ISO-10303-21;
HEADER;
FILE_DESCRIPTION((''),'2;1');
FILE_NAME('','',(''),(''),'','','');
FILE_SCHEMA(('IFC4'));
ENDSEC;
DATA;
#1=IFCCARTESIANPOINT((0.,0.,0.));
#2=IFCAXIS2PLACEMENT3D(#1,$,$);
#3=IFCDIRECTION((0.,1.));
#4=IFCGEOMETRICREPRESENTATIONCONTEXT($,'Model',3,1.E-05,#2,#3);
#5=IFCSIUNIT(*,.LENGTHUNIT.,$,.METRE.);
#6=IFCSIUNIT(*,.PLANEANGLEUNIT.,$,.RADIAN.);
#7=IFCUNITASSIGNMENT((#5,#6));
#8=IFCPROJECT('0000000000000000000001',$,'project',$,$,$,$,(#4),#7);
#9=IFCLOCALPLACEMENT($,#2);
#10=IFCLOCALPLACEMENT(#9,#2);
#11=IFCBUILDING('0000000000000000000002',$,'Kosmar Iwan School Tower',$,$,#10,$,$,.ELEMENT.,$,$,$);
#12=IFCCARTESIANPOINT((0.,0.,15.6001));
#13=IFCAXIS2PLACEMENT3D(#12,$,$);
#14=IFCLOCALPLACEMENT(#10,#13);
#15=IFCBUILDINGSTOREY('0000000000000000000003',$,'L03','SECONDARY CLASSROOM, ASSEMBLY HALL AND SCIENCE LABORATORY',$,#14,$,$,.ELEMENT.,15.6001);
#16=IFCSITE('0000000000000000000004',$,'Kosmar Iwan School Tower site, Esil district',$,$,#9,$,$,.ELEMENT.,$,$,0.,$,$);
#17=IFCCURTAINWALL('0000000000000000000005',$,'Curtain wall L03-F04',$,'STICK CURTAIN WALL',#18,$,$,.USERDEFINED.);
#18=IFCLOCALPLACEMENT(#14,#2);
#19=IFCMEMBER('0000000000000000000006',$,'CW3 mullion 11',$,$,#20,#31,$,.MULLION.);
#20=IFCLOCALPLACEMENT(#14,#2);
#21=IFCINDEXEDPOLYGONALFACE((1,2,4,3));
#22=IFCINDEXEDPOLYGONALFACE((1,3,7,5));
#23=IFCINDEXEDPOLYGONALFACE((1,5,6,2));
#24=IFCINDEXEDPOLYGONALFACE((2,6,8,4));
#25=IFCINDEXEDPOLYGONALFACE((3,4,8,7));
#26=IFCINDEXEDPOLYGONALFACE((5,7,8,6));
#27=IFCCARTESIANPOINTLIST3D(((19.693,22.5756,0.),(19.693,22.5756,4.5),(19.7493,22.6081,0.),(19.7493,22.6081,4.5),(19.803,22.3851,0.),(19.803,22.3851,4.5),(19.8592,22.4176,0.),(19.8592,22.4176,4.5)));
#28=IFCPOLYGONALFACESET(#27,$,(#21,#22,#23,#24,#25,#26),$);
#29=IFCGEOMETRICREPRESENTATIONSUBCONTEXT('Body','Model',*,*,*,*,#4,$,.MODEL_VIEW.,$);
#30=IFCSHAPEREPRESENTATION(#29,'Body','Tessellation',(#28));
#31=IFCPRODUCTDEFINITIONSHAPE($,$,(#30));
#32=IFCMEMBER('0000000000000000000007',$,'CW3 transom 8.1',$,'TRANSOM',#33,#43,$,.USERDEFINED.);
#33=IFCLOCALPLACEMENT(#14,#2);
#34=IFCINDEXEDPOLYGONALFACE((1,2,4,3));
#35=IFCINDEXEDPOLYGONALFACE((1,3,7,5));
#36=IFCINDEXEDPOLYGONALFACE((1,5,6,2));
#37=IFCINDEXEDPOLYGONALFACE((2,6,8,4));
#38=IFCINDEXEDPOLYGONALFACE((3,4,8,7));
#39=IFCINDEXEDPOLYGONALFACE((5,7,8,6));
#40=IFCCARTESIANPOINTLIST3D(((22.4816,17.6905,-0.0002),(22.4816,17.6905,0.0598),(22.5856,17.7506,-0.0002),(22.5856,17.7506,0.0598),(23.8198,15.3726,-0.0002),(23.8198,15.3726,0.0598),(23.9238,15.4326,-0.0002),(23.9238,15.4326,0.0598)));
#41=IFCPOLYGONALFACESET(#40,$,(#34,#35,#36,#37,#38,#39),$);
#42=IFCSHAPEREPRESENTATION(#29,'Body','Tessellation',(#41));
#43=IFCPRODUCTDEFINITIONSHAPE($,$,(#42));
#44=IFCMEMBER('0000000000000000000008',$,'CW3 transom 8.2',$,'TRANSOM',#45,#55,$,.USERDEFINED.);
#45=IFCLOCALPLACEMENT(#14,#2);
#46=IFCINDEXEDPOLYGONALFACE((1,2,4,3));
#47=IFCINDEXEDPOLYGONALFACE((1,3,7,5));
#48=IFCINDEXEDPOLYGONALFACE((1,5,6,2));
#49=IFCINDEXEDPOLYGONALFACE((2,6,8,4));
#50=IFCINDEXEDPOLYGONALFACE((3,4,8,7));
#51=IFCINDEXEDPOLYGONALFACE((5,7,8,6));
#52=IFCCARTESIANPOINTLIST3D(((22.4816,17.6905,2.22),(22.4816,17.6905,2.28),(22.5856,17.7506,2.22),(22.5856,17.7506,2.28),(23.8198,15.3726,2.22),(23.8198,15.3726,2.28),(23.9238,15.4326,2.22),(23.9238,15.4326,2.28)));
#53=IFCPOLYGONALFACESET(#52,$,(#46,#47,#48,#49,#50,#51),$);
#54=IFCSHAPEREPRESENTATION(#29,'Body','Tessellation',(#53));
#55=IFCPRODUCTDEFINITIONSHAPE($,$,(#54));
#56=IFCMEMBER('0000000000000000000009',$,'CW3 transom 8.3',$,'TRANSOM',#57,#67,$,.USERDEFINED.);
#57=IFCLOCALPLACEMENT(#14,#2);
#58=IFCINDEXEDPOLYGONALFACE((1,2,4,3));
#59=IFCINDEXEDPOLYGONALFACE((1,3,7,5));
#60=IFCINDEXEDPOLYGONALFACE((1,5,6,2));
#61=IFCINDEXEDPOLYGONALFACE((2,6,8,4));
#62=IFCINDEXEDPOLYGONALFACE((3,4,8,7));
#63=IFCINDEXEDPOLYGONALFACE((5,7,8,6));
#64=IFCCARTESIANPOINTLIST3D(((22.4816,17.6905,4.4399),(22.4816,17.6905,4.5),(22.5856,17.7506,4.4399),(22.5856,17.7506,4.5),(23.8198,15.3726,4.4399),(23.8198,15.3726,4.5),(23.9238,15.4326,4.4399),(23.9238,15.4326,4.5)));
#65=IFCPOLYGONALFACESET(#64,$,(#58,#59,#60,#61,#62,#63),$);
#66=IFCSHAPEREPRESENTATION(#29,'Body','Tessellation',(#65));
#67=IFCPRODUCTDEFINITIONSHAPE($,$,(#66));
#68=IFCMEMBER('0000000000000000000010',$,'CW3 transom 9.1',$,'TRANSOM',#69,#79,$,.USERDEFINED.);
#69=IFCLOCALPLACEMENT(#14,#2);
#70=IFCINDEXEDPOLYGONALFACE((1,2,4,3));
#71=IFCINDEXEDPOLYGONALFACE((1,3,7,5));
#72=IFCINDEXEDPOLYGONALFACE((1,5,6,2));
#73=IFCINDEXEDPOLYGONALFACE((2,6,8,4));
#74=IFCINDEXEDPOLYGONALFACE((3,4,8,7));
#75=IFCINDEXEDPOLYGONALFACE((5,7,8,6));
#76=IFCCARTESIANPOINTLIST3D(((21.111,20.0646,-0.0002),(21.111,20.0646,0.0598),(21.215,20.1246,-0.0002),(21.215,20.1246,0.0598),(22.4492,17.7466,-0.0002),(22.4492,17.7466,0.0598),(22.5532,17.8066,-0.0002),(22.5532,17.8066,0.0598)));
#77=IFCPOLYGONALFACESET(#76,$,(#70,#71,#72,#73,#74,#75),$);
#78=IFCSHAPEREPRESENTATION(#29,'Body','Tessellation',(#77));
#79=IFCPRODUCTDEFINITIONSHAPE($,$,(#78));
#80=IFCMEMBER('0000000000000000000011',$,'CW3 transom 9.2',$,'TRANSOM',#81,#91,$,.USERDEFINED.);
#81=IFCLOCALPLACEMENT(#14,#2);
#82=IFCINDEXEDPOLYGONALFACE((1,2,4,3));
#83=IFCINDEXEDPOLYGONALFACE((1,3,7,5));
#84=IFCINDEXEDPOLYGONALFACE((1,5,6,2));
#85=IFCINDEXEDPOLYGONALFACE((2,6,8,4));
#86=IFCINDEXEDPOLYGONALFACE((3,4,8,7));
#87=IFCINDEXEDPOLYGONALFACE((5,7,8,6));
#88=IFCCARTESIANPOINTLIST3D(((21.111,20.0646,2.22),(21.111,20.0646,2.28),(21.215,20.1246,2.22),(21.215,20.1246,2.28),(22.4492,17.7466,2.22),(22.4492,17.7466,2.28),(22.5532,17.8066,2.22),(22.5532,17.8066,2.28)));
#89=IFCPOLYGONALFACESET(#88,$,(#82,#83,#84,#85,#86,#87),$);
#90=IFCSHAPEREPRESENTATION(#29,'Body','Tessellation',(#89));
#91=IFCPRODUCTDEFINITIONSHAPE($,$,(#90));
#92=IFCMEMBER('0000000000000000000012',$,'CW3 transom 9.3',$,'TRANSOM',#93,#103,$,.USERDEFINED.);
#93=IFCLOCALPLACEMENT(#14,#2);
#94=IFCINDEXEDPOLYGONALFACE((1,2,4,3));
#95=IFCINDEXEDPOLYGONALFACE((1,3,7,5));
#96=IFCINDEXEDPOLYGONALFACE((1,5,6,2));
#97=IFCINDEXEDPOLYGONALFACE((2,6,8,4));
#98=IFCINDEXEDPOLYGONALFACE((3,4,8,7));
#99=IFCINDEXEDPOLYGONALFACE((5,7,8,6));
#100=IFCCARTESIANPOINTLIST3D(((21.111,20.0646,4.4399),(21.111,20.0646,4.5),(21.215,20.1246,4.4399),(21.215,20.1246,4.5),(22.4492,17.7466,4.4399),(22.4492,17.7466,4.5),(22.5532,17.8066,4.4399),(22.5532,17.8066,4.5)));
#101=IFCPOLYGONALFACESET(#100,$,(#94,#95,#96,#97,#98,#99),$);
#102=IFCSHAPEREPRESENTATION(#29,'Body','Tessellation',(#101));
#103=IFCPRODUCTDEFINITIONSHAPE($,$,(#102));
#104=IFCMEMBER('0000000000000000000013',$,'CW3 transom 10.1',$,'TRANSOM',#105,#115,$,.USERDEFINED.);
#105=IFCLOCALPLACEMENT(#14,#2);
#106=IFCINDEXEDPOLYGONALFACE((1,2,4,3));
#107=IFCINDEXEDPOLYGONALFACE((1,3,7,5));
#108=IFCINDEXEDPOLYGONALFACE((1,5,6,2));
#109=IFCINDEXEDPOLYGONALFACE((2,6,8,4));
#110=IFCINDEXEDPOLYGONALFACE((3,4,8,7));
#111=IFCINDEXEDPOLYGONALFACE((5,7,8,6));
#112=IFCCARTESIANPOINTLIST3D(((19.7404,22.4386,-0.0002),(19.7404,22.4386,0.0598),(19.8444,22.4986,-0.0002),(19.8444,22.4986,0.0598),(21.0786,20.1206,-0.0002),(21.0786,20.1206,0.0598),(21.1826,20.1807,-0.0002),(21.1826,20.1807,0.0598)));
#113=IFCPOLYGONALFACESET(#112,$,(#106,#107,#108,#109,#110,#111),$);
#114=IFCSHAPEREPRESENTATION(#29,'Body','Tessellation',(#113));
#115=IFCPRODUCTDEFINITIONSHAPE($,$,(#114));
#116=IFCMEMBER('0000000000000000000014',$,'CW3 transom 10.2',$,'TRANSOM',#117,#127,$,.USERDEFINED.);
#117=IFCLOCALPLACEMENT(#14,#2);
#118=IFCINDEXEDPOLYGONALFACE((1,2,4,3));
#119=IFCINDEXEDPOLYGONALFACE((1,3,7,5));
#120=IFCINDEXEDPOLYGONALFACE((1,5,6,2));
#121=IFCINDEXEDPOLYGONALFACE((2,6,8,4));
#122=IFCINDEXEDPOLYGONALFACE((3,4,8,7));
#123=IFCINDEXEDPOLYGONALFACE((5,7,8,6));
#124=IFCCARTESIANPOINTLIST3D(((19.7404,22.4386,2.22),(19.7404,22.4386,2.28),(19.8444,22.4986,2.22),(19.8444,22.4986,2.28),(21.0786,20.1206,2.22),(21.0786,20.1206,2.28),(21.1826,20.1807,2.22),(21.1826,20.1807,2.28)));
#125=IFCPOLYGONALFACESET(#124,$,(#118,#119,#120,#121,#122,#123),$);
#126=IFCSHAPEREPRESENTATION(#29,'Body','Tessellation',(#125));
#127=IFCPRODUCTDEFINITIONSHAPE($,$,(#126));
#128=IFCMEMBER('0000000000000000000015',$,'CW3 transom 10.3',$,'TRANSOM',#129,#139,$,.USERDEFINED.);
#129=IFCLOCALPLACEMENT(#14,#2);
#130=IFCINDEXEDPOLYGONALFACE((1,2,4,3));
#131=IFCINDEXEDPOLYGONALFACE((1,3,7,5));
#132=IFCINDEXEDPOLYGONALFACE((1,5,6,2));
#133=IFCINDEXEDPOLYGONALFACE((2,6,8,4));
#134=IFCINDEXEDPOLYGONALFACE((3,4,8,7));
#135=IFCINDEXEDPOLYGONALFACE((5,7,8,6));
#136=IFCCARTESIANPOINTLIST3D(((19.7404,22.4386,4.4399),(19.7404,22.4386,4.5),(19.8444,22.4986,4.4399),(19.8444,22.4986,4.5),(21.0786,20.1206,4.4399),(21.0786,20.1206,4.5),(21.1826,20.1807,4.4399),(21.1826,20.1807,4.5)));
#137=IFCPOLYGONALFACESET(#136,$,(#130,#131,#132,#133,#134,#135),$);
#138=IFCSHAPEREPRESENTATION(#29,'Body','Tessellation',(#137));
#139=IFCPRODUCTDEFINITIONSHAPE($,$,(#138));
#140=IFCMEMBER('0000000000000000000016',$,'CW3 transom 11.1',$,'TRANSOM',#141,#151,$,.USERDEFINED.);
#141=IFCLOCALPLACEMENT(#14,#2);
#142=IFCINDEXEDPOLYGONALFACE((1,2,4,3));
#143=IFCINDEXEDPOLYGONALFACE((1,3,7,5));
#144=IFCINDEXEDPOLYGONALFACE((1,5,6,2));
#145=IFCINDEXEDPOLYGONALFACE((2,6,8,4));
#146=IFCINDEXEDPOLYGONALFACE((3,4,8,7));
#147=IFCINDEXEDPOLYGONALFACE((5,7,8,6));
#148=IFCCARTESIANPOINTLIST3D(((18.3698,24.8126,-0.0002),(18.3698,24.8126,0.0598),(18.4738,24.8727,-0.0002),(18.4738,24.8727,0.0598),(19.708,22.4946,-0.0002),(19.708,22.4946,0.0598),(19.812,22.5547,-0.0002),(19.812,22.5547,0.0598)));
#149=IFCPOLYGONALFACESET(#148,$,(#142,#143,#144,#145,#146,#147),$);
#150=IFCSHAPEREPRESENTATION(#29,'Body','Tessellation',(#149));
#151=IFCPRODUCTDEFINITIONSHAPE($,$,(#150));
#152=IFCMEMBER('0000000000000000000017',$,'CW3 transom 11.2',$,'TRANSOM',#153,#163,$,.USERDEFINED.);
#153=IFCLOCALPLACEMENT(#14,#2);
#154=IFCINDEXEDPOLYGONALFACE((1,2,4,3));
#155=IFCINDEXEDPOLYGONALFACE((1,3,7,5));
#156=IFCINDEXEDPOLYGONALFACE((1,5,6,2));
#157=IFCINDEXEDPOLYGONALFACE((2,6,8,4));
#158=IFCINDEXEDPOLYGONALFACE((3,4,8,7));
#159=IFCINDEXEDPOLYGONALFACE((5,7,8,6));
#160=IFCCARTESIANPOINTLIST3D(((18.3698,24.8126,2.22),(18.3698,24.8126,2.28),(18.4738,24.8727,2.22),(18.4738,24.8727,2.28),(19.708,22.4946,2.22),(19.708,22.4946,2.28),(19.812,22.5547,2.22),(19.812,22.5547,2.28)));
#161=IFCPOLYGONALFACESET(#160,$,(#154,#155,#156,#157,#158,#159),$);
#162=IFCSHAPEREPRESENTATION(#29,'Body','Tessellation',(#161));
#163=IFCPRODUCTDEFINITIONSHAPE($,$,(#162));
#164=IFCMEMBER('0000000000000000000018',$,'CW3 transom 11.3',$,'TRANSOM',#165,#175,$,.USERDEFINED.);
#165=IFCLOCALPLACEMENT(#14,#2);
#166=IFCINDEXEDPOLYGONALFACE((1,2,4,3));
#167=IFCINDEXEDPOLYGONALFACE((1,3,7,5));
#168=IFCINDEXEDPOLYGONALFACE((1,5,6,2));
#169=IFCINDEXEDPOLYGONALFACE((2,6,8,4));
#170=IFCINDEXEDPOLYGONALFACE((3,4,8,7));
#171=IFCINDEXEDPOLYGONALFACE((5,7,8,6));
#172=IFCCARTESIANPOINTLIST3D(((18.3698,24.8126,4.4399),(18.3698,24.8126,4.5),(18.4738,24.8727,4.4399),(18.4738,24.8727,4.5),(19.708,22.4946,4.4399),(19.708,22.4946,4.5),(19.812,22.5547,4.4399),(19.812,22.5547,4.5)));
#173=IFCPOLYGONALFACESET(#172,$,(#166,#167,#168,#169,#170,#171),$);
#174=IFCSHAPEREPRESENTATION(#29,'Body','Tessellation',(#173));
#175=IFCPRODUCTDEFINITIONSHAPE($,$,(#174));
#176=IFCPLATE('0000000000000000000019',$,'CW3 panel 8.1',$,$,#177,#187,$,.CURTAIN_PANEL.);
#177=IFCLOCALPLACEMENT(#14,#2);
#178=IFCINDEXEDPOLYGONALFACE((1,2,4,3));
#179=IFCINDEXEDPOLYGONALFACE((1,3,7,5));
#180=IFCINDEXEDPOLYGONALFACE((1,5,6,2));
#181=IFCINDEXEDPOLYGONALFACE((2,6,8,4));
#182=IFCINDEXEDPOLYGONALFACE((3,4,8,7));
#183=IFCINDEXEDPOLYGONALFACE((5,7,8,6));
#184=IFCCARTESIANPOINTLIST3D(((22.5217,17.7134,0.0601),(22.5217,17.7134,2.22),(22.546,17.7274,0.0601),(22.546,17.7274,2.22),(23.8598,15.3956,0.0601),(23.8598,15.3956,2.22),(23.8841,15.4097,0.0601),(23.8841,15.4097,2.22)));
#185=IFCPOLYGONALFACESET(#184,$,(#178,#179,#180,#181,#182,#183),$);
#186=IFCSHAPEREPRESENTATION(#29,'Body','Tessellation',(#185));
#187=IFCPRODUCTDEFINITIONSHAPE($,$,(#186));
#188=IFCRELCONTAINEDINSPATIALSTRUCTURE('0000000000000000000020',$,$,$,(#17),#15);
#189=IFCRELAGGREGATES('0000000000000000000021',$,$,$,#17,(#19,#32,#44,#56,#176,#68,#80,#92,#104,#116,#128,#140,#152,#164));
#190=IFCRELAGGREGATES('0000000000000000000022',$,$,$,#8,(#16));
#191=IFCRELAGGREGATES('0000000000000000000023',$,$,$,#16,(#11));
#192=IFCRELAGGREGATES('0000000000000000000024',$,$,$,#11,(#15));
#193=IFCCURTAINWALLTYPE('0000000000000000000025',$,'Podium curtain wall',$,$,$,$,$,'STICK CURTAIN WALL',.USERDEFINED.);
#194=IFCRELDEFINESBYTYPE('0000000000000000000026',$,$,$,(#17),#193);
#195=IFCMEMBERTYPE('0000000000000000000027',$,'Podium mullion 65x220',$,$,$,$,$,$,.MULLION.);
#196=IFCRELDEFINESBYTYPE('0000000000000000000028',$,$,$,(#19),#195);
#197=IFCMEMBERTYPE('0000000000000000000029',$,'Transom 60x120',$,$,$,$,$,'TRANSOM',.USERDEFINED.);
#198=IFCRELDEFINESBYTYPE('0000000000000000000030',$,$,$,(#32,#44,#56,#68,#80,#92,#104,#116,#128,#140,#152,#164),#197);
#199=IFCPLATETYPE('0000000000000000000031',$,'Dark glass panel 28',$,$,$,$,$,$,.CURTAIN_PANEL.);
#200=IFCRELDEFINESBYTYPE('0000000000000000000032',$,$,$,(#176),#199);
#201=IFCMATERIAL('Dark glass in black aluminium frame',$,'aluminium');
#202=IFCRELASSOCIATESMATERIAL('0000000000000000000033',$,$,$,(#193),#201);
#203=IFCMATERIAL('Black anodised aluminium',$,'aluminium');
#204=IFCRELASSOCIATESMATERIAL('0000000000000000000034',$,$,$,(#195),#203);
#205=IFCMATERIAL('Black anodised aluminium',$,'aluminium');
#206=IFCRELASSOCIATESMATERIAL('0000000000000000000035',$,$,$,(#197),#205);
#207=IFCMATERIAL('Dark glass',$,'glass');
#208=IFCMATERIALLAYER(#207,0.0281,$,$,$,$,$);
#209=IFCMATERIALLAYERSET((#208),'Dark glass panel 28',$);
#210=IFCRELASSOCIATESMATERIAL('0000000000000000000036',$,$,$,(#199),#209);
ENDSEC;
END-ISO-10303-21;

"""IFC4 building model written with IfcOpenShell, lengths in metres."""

from ifc_helpers import new_model, si_unit, direction, frame, origin, origin_2d, place, context, subcontext, project, spatial, rectangle, extrude, material, layer, layer_set, material_profile, profile_set, type_object, element, aggregate, save


model = new_model("IFC4")

# Units and contexts
model_context = context("Model", 3, precision=1e-05, world=origin(), true_north=direction((0.0, 1.0)))
body_context = subcontext(model_context, "Body", "Model", "MODEL_VIEW")
ifc_project = project(units=[si_unit("LENGTHUNIT", "METRE"), si_unit("PLANEANGLEUNIT", "RADIAN")], contexts=[model_context])

# Site, building, storey
site_placement = place(None, origin())
site = spatial("IfcSite", under=ifc_project, at=site_placement, Name="Kosmar Iwan School Tower site, Esil district", CompositionType="ELEMENT", RefElevation=0.0)
building_placement = place(site_placement, origin())
building = spatial("IfcBuilding", under=site, at=building_placement, Name="Kosmar Iwan School Tower", CompositionType="ELEMENT")
storey_placement = place(building_placement, frame((0.0, 0.0, 15.6001)))
storey = spatial("IfcBuildingStorey", under=building, at=storey_placement, Name="L03", Description="SECONDARY CLASSROOM, ASSEMBLY HALL AND SCIENCE LABORATORY", CompositionType="ELEMENT", Elevation=15.6001)

# Curtain wall, members, plate
ifc_material_1 = material(Name="Dark glass in black aluminium frame", Category="aluminium")
curtain_wall_type = type_object("IfcCurtainWallType", Name="Podium curtain wall", ElementType="STICK CURTAIN WALL", PredefinedType="USERDEFINED", material=ifc_material_1)
curtain_wall_placement = place(storey_placement, origin())
curtain_wall = element("IfcCurtainWall", 1, at=curtain_wall_placement, inside=storey, type_object=curtain_wall_type, Name="Curtain wall L03-F04", ObjectType="STICK CURTAIN WALL", PredefinedType="USERDEFINED")
ifc_material_2 = material(Name="Black anodised aluminium", Category="aluminium")
ifc_material_profile_1 = material_profile(ifc_material_2, rectangle(XDim=0.0649, YDim=0.22, at=origin_2d()), Name="MULLION 65x220")
ifc_profile_set_1 = profile_set([ifc_material_profile_1], Name="Black anodised aluminium")
member_type_1 = type_object("IfcMemberType", Name="Podium mullion 65x220", PredefinedType="MULLION", material=ifc_profile_set_1)
member_1_placement = place(storey_placement, frame((19.7761, 22.4966, 0.0), z_axis=(0.0, 0.0, 1.0), x_axis=(-0.866025, -0.5, 0.0)))
member_1 = element("IfcMember", 2, at=member_1_placement, type_object=member_type_1, Name="CW3 mullion 11", PredefinedType="MULLION", context=body_context, shape_type="SweptSolid", body=[
    extrude(rectangle(XDim=0.0649, YDim=0.22, at=origin_2d()), origin(), (0.0, 0.0, 1.0), 4.5),
])
ifc_material_3 = material(Name="Black anodised aluminium", Category="aluminium")
ifc_material_profile_2 = material_profile(ifc_material_3, rectangle(XDim=0.1201, YDim=0.0601, at=origin_2d()), Name="TRANSOM 60x120")
ifc_profile_set_2 = profile_set([ifc_material_profile_2], Name="Black anodised aluminium")
member_type_2 = type_object("IfcMemberType", Name="Transom 60x120", ElementType="TRANSOM", PredefinedType="USERDEFINED", material=ifc_profile_set_2)
member_2_placement = place(storey_placement, frame((23.8718, 15.4026, 0.0298), z_axis=(-0.499975, 0.86604, 0.0), x_axis=(-0.86604, -0.499975, 0.0)))
member_2 = element("IfcMember", 3, at=member_2_placement, type_object=member_type_2, Name="CW3 transom 8.1", ObjectType="TRANSOM", PredefinedType="USERDEFINED", context=body_context, shape_type="SweptSolid", body=[
    extrude(rectangle(XDim=0.1201, YDim=0.0601, at=origin_2d()), origin(), (0.0, 0.0, 1.0), 2.6765),
])
member_3_placement = place(storey_placement, frame((23.8718, 15.4026, 2.25), z_axis=(-0.499975, 0.86604, 0.0), x_axis=(-0.86604, -0.499975, 0.0)))
member_3 = element("IfcMember", 4, at=member_3_placement, type_object=member_type_2, Name="CW3 transom 8.2", ObjectType="TRANSOM", PredefinedType="USERDEFINED", context=body_context, shape_type="SweptSolid", body=[
    extrude(rectangle(XDim=0.1201, YDim=0.0601, at=origin_2d()), origin(), (0.0, 0.0, 1.0), 2.6765),
])
member_4_placement = place(storey_placement, frame((23.8718, 15.4026, 4.47), z_axis=(-0.499975, 0.86604, 0.0), x_axis=(-0.86604, -0.499975, 0.0)))
member_4 = element("IfcMember", 5, at=member_4_placement, type_object=member_type_2, Name="CW3 transom 8.3", ObjectType="TRANSOM", PredefinedType="USERDEFINED", context=body_context, shape_type="SweptSolid", body=[
    extrude(rectangle(XDim=0.1201, YDim=0.0601, at=origin_2d()), origin(), (0.0, 0.0, 1.0), 2.6765),
])
member_5_placement = place(storey_placement, frame((22.5012, 17.7766, 0.0298), z_axis=(-0.499975, 0.86604, 0.0), x_axis=(-0.86604, -0.499975, 0.0)))
member_5 = element("IfcMember", 6, at=member_5_placement, type_object=member_type_2, Name="CW3 transom 9.1", ObjectType="TRANSOM", PredefinedType="USERDEFINED", context=body_context, shape_type="SweptSolid", body=[
    extrude(rectangle(XDim=0.1201, YDim=0.0601, at=origin_2d()), origin(), (0.0, 0.0, 1.0), 2.6765),
])
member_6_placement = place(storey_placement, frame((22.5012, 17.7766, 2.25), z_axis=(-0.499975, 0.86604, 0.0), x_axis=(-0.86604, -0.499975, 0.0)))
member_6 = element("IfcMember", 7, at=member_6_placement, type_object=member_type_2, Name="CW3 transom 9.2", ObjectType="TRANSOM", PredefinedType="USERDEFINED", context=body_context, shape_type="SweptSolid", body=[
    extrude(rectangle(XDim=0.1201, YDim=0.0601, at=origin_2d()), origin(), (0.0, 0.0, 1.0), 2.6765),
])
member_7_placement = place(storey_placement, frame((22.5012, 17.7766, 4.47), z_axis=(-0.499975, 0.86604, 0.0), x_axis=(-0.86604, -0.499975, 0.0)))
member_7 = element("IfcMember", 8, at=member_7_placement, type_object=member_type_2, Name="CW3 transom 9.3", ObjectType="TRANSOM", PredefinedType="USERDEFINED", context=body_context, shape_type="SweptSolid", body=[
    extrude(rectangle(XDim=0.1201, YDim=0.0601, at=origin_2d()), origin(), (0.0, 0.0, 1.0), 2.6765),
])
member_8_placement = place(storey_placement, frame((21.1306, 20.1506, 0.0298), z_axis=(-0.499975, 0.86604, 0.0), x_axis=(-0.86604, -0.499975, 0.0)))
member_8 = element("IfcMember", 9, at=member_8_placement, type_object=member_type_2, Name="CW3 transom 10.1", ObjectType="TRANSOM", PredefinedType="USERDEFINED", context=body_context, shape_type="SweptSolid", body=[
    extrude(rectangle(XDim=0.1201, YDim=0.0601, at=origin_2d()), origin(), (0.0, 0.0, 1.0), 2.6765),
])
member_9_placement = place(storey_placement, frame((21.1306, 20.1506, 2.25), z_axis=(-0.499975, 0.86604, 0.0), x_axis=(-0.86604, -0.499975, 0.0)))
member_9 = element("IfcMember", 10, at=member_9_placement, type_object=member_type_2, Name="CW3 transom 10.2", ObjectType="TRANSOM", PredefinedType="USERDEFINED", context=body_context, shape_type="SweptSolid", body=[
    extrude(rectangle(XDim=0.1201, YDim=0.0601, at=origin_2d()), origin(), (0.0, 0.0, 1.0), 2.6765),
])
member_10_placement = place(storey_placement, frame((21.1306, 20.1506, 4.47), z_axis=(-0.499975, 0.86604, 0.0), x_axis=(-0.86604, -0.499975, 0.0)))
member_10 = element("IfcMember", 11, at=member_10_placement, type_object=member_type_2, Name="CW3 transom 10.3", ObjectType="TRANSOM", PredefinedType="USERDEFINED", context=body_context, shape_type="SweptSolid", body=[
    extrude(rectangle(XDim=0.1201, YDim=0.0601, at=origin_2d()), origin(), (0.0, 0.0, 1.0), 2.6765),
])
member_11_placement = place(storey_placement, frame((19.76, 22.5247, 0.0298), z_axis=(-0.499975, 0.86604, 0.0), x_axis=(-0.86604, -0.499975, 0.0)))
member_11 = element("IfcMember", 12, at=member_11_placement, type_object=member_type_2, Name="CW3 transom 11.1", ObjectType="TRANSOM", PredefinedType="USERDEFINED", context=body_context, shape_type="SweptSolid", body=[
    extrude(rectangle(XDim=0.1201, YDim=0.0601, at=origin_2d()), origin(), (0.0, 0.0, 1.0), 2.6765),
])
member_12_placement = place(storey_placement, frame((19.76, 22.5247, 2.25), z_axis=(-0.499975, 0.86604, 0.0), x_axis=(-0.86604, -0.499975, 0.0)))
member_12 = element("IfcMember", 13, at=member_12_placement, type_object=member_type_2, Name="CW3 transom 11.2", ObjectType="TRANSOM", PredefinedType="USERDEFINED", context=body_context, shape_type="SweptSolid", body=[
    extrude(rectangle(XDim=0.1201, YDim=0.0601, at=origin_2d()), origin(), (0.0, 0.0, 1.0), 2.6765),
])
member_13_placement = place(storey_placement, frame((19.76, 22.5247, 4.47), z_axis=(-0.499975, 0.86604, 0.0), x_axis=(-0.86604, -0.499975, 0.0)))
member_13 = element("IfcMember", 14, at=member_13_placement, type_object=member_type_2, Name="CW3 transom 11.3", ObjectType="TRANSOM", PredefinedType="USERDEFINED", context=body_context, shape_type="SweptSolid", body=[
    extrude(rectangle(XDim=0.1201, YDim=0.0601, at=origin_2d()), origin(), (0.0, 0.0, 1.0), 2.6765),
])
ifc_material_4 = material(Name="Dark glass", Category="glass")
ifc_layer = layer(ifc_material_4, 0.0281)
ifc_layer_set = layer_set([ifc_layer], Name="Dark glass panel 28")
plate_type = type_object("IfcPlateType", Name="Dark glass panel 28", PredefinedType="CURTAIN_PANEL", material=ifc_layer_set)
plate_1_placement = place(storey_placement, frame((23.2029, 16.5615, 0.0601), z_axis=(0.0, 0.0, 1.0), x_axis=(-0.5, 0.866025, 0.0)))
plate_1 = element("IfcPlate", 15, at=plate_1_placement, type_object=plate_type, Name="CW3 panel 8.1", PredefinedType="CURTAIN_PANEL", context=body_context, shape_type="SweptSolid", body=[
    extrude(rectangle(XDim=2.6763, YDim=0.0281, at=origin_2d()), origin(), (0.0, 0.0, 1.0), 2.1599),
])
aggregate(curtain_wall, [member_1, member_2, member_3, member_4, plate_1, member_5, member_6, member_7, member_8, member_9, member_10, member_11, member_12, member_13])

save(model, "model.ifc")
